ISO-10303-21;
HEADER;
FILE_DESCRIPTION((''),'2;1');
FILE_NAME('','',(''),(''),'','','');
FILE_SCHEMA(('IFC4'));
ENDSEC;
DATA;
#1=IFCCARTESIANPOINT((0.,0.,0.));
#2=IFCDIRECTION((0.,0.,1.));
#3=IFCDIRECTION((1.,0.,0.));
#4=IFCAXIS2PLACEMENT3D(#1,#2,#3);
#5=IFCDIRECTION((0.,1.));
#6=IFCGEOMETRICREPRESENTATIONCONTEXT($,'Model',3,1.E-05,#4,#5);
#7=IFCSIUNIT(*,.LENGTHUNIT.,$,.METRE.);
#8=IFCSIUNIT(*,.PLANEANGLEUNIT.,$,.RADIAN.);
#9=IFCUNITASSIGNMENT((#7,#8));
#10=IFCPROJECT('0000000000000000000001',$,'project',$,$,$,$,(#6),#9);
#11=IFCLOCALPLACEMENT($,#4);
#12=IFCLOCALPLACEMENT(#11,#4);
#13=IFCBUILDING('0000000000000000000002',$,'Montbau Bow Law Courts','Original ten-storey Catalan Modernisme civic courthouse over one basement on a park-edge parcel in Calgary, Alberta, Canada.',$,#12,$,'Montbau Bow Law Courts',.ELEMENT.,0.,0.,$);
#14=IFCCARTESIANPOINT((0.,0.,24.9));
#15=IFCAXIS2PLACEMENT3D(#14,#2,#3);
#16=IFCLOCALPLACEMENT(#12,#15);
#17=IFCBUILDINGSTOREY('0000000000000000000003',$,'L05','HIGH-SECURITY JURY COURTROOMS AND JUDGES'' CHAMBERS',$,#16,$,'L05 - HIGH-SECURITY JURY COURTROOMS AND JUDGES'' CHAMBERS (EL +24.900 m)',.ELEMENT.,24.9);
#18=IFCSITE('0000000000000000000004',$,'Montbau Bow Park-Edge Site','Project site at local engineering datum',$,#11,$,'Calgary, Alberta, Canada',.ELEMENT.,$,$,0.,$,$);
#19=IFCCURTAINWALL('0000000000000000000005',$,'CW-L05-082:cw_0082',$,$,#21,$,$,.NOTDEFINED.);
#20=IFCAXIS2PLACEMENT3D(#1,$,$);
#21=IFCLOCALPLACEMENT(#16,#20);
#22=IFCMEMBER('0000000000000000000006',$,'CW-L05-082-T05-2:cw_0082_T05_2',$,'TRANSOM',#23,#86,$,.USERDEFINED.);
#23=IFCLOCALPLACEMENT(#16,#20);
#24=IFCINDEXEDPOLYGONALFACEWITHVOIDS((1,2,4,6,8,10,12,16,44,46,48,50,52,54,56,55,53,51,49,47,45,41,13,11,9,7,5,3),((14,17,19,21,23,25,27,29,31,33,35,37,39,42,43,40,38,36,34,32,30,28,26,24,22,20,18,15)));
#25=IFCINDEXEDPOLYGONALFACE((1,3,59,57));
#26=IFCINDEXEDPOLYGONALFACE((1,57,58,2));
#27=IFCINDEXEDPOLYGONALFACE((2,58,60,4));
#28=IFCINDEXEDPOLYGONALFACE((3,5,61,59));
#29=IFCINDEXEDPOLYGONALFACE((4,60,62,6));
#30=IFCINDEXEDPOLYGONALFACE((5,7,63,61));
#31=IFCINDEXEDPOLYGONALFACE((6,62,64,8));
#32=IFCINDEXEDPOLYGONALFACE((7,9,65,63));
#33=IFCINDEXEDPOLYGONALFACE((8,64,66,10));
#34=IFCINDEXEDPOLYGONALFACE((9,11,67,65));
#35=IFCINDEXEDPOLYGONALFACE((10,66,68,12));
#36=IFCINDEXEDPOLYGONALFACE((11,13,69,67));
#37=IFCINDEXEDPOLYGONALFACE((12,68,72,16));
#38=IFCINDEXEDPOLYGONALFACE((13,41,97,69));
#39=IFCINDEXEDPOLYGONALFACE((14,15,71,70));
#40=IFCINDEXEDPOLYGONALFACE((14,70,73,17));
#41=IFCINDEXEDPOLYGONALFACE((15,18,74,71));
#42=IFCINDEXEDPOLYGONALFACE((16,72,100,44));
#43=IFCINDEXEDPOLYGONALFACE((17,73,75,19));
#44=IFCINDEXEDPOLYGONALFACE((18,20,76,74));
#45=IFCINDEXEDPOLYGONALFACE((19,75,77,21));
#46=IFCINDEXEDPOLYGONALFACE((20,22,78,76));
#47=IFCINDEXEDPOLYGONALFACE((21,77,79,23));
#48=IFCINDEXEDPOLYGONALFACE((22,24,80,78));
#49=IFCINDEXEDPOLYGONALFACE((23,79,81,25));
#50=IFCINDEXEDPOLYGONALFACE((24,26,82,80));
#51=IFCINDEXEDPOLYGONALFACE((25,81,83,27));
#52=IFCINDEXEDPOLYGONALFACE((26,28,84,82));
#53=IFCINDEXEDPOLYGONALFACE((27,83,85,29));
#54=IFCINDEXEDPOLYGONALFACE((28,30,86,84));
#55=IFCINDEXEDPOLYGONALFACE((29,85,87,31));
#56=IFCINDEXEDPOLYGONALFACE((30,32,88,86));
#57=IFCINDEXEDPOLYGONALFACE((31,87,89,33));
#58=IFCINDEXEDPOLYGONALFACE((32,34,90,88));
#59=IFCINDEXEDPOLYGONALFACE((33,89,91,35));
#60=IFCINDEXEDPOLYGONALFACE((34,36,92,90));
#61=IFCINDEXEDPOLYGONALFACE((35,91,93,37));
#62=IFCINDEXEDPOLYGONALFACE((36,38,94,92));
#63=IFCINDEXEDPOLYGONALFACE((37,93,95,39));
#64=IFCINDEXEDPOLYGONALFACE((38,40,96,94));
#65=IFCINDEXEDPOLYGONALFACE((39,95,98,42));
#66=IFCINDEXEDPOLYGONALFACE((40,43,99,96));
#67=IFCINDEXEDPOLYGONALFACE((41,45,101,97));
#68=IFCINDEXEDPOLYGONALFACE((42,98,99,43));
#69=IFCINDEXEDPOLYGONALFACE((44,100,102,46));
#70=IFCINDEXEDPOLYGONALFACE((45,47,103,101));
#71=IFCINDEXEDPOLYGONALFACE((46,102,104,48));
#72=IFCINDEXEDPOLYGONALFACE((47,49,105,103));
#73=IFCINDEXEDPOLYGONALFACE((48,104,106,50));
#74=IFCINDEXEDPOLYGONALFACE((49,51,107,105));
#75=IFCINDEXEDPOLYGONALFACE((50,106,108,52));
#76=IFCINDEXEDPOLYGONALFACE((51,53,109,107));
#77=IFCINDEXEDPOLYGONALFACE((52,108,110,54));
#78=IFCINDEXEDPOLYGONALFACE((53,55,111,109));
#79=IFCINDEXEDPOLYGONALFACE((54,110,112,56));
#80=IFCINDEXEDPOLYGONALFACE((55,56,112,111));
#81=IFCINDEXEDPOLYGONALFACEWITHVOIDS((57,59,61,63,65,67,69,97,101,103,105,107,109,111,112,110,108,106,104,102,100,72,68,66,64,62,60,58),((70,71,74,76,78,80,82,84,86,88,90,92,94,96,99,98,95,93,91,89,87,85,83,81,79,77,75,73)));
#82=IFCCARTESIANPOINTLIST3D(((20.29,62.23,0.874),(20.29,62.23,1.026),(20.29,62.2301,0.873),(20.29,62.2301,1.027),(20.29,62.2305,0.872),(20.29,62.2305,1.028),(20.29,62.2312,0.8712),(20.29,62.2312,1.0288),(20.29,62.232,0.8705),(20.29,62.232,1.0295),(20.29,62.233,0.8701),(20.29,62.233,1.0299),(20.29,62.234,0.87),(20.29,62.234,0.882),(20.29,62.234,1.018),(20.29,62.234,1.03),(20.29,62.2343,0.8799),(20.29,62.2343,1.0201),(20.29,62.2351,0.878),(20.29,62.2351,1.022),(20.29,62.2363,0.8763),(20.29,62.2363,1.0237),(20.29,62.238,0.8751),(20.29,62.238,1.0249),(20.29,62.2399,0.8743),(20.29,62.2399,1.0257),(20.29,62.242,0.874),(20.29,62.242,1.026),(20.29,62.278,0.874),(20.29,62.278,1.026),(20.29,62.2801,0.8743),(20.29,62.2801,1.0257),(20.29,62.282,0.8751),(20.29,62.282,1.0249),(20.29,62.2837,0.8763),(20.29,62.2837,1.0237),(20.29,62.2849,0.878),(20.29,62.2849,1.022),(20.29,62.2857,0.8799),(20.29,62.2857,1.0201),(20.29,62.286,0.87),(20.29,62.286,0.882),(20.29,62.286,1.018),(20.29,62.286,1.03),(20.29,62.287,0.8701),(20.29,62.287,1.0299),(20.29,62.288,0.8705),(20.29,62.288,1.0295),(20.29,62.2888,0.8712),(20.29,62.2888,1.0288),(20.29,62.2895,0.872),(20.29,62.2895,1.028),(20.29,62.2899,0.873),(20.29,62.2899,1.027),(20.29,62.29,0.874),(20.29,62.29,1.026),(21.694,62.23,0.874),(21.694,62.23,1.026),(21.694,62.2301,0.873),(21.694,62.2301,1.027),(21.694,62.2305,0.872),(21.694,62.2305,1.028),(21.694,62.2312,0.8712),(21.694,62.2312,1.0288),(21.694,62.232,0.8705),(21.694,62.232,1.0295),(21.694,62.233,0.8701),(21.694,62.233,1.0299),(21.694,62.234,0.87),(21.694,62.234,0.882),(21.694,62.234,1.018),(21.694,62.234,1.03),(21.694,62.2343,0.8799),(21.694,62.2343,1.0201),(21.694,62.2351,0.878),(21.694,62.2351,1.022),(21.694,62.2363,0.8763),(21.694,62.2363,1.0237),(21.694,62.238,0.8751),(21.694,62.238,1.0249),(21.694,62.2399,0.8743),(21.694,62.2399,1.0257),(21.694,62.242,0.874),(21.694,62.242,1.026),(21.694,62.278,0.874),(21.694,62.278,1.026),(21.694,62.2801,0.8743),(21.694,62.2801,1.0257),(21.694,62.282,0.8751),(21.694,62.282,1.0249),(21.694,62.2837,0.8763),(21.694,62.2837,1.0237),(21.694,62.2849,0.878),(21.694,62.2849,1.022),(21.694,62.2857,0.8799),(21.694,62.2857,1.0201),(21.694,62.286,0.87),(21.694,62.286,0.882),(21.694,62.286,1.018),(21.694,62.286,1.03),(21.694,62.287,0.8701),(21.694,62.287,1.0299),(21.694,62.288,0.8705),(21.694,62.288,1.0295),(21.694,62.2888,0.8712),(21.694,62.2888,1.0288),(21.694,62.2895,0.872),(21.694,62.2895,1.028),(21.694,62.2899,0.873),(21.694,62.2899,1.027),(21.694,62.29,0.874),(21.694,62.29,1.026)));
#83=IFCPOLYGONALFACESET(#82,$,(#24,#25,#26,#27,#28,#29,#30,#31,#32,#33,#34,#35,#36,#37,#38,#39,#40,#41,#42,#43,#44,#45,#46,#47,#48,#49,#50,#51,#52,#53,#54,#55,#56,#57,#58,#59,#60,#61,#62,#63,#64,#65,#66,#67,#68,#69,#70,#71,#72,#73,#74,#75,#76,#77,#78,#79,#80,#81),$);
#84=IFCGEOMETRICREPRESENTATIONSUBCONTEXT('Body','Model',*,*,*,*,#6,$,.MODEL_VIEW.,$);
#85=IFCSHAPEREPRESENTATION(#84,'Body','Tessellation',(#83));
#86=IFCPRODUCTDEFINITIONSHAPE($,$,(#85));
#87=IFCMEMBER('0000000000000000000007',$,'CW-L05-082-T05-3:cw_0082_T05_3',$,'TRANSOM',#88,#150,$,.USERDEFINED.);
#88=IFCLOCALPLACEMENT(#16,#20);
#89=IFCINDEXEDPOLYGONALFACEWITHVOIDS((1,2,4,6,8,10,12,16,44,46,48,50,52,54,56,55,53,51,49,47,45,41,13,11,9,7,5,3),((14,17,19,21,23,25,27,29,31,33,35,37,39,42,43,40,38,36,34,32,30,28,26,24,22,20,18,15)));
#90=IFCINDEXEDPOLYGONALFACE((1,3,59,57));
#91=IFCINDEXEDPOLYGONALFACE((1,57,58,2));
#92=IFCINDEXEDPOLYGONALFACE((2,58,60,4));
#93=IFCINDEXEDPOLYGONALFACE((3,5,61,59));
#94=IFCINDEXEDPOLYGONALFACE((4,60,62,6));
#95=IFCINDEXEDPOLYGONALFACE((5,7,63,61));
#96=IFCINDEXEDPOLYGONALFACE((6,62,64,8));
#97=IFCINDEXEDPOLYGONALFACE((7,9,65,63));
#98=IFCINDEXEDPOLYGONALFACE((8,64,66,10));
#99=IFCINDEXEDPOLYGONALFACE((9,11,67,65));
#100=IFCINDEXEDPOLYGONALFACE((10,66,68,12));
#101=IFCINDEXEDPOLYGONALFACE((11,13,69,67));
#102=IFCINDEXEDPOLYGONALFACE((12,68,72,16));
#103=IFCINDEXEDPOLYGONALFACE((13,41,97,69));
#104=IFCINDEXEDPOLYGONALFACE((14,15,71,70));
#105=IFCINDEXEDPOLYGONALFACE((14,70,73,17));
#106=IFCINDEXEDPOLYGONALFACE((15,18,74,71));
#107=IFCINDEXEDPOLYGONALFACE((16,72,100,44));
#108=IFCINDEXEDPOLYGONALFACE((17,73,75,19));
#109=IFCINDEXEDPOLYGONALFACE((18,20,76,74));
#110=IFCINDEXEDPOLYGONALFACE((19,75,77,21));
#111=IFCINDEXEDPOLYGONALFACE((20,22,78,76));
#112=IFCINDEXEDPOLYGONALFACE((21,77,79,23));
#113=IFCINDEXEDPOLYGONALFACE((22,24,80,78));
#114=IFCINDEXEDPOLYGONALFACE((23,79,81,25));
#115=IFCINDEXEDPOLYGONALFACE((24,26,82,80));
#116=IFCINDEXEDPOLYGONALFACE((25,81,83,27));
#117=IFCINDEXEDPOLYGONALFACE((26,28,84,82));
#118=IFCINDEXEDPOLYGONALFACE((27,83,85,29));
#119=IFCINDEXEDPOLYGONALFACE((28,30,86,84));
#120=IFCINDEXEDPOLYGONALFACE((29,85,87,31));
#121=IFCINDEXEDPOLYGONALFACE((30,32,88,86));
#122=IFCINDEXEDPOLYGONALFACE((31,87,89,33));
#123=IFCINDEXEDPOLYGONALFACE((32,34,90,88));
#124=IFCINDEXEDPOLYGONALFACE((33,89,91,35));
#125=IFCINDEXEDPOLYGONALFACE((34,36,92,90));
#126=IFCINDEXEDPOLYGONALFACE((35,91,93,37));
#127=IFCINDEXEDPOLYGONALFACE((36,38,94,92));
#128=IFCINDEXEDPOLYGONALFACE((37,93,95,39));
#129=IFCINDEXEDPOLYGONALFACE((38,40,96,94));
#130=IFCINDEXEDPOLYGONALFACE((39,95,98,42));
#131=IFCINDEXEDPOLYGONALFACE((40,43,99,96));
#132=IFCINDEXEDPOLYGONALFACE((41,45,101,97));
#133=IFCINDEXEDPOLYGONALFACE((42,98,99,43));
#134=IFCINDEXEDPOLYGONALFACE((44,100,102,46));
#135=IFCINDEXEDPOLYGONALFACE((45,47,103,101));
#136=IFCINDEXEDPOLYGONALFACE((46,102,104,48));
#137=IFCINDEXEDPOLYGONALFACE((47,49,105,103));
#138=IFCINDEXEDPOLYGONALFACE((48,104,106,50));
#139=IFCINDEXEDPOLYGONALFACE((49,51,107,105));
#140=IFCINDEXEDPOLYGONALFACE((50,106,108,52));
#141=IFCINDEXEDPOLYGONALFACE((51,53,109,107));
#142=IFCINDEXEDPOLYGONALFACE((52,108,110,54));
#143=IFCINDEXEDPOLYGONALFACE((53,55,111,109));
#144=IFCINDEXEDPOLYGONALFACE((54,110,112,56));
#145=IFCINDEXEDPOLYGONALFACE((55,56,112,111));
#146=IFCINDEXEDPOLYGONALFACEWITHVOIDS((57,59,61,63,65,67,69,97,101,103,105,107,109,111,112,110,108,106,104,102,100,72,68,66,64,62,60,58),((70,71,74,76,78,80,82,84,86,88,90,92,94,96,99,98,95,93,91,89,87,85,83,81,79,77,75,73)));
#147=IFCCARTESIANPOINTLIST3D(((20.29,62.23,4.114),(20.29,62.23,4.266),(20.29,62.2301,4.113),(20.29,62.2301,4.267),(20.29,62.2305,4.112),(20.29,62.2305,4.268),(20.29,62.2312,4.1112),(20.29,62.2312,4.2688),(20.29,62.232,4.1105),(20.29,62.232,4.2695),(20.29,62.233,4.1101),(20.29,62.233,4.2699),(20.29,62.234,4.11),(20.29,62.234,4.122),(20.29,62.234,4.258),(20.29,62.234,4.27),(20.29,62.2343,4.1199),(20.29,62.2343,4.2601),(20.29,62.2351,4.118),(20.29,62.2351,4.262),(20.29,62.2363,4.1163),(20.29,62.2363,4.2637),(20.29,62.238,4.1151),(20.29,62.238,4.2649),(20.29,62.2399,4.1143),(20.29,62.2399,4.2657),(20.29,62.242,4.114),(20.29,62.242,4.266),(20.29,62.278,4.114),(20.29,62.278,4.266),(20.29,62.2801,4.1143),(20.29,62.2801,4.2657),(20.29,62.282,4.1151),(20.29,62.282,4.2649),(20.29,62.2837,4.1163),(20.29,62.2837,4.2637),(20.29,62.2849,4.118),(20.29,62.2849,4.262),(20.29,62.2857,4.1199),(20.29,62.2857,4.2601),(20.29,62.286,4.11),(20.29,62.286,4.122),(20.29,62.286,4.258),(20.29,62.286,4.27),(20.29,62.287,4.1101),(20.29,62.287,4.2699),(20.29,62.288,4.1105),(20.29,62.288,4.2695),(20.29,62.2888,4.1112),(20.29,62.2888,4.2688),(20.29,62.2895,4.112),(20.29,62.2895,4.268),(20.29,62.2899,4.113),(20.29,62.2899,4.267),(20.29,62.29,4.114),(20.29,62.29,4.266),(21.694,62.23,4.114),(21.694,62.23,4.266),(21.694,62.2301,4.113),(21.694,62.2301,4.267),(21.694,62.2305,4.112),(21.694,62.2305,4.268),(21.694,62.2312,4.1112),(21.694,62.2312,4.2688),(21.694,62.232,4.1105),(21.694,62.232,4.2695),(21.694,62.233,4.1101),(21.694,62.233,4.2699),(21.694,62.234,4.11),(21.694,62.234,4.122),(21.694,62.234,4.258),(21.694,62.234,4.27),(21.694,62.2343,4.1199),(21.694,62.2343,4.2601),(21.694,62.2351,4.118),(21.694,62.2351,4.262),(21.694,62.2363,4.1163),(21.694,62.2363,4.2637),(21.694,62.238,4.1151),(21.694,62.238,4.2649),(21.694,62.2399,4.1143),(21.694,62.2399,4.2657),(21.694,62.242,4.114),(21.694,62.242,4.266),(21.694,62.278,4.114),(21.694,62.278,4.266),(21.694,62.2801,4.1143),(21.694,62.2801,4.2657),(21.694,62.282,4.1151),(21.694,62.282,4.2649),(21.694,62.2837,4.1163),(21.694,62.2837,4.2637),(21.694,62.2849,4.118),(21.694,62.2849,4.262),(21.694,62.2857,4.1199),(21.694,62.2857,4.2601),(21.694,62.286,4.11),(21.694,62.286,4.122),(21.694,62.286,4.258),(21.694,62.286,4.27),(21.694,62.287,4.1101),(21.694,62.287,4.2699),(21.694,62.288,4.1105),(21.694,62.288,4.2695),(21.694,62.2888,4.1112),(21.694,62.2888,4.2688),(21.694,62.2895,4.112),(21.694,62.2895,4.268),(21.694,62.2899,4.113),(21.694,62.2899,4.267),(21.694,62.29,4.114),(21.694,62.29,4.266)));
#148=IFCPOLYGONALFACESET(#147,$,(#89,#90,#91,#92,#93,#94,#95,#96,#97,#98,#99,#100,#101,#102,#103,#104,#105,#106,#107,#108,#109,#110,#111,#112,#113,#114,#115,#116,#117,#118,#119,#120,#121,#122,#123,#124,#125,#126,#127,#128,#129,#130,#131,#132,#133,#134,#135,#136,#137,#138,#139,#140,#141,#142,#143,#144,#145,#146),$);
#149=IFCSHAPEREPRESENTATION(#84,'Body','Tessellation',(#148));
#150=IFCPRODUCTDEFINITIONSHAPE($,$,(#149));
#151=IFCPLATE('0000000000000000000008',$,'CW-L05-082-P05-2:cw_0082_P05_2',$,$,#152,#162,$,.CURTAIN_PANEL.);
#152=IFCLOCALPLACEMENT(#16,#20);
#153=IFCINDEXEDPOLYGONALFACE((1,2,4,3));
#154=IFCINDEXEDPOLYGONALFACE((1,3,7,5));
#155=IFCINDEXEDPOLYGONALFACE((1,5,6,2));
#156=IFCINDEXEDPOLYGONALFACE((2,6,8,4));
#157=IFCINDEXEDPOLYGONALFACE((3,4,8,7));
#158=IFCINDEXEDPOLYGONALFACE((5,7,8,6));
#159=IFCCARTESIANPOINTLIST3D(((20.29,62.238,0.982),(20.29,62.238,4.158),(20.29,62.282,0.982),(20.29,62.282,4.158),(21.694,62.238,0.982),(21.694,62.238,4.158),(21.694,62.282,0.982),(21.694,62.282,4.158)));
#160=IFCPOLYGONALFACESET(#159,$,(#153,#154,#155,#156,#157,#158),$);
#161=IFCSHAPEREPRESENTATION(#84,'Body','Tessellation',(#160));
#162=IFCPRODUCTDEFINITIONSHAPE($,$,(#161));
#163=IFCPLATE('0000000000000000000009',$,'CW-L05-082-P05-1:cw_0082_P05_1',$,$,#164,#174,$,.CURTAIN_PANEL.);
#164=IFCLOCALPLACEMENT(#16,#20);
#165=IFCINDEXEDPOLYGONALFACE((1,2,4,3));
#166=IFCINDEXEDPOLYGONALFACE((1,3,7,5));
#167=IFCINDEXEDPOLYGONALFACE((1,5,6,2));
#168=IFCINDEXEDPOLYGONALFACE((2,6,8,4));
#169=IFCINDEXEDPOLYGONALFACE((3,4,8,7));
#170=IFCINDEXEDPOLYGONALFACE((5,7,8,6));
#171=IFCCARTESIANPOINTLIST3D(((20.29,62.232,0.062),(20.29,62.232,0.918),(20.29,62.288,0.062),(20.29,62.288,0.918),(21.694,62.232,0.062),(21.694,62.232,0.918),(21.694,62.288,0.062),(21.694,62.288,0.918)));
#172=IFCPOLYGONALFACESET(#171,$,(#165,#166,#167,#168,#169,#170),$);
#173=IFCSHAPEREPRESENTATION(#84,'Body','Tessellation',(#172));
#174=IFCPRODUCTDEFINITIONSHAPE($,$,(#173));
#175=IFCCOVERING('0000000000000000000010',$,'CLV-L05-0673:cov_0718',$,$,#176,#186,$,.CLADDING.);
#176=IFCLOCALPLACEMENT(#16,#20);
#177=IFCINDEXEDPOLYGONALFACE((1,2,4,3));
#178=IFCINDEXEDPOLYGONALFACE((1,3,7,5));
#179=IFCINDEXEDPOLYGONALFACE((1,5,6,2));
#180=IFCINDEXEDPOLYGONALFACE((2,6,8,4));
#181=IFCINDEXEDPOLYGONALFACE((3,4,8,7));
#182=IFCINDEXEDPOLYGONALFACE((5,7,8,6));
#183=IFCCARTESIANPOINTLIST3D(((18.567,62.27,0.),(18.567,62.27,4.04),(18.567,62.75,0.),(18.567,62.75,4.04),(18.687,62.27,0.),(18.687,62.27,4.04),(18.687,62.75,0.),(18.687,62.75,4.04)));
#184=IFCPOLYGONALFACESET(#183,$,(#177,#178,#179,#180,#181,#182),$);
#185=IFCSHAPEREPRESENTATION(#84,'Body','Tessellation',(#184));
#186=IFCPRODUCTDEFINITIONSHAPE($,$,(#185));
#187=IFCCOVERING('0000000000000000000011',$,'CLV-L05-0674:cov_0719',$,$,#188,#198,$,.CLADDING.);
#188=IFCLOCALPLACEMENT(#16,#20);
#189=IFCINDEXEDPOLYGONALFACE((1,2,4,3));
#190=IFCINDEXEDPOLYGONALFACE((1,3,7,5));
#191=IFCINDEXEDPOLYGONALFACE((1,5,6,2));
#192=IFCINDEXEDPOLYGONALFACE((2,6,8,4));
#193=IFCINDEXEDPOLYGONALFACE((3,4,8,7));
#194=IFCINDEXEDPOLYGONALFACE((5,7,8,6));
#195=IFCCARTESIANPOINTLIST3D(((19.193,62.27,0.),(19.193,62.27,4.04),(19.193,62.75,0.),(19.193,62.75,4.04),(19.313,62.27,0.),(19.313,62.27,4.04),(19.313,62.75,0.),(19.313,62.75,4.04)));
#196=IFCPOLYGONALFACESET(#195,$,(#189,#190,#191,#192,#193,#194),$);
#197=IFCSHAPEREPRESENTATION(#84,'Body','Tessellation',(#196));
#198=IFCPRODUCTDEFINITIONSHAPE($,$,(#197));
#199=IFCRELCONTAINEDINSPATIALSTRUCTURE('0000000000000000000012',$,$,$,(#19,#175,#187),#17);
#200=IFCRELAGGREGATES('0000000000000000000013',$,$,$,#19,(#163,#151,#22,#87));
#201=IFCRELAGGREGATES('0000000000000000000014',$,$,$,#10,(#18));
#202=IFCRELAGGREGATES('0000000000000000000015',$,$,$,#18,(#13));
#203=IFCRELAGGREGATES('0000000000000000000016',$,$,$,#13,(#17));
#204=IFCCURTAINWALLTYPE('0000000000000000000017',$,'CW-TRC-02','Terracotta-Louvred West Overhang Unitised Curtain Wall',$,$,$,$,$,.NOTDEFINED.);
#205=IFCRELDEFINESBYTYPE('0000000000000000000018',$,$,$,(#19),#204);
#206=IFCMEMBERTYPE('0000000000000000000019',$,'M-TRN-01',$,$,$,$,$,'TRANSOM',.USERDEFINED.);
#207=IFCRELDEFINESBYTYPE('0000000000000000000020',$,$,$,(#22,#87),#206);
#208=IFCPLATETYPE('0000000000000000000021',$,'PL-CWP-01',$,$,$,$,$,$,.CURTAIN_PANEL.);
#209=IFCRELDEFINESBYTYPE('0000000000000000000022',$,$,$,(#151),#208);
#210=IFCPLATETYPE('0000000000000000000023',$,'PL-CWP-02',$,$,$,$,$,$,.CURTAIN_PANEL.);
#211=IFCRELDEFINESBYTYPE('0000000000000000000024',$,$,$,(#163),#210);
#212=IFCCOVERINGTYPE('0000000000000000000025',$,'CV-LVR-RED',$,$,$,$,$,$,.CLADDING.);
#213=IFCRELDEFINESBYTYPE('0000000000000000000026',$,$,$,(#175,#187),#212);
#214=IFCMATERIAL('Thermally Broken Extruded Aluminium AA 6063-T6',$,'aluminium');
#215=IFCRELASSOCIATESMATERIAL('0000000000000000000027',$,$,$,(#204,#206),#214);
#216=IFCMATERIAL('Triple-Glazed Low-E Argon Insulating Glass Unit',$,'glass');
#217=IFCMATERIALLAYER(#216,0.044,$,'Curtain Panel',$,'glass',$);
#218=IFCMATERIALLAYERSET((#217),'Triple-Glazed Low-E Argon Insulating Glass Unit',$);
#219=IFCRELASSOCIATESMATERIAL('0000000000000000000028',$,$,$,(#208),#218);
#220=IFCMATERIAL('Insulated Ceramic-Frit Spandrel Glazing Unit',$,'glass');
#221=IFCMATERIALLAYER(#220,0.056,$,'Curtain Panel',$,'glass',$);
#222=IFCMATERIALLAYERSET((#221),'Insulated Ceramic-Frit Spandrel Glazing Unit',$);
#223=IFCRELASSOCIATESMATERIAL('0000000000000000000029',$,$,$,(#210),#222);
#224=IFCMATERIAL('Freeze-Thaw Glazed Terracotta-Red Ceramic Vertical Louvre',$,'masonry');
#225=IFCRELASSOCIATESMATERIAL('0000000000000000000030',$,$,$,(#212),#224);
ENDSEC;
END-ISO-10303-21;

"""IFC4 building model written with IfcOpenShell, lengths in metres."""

from ifc_helpers import new_model, si_unit, direction, frame, frame_2d, origin_with_axes, origin_2d_with_axis, place, context, subcontext, project, spatial, rectangle, hollow_rectangle, extrude, material, layer, layer_set, material_profile, profile_set, type_object, element, aggregate, save


model = new_model("IFC4")

# Units and contexts
model_context = context("Model", 3, precision=1e-05, world=origin_with_axes(), true_north=direction((0.0, 1.0)))
body_context = subcontext(model_context, "Body", "Model", "MODEL_VIEW")
ifc_project = project(units=[si_unit("LENGTHUNIT", "METRE"), si_unit("PLANEANGLEUNIT", "RADIAN")], contexts=[model_context])

# Site, building, storey
site_placement = place(None, origin_with_axes())
site = spatial("IfcSite", under=ifc_project, at=site_placement, Name="Montbau Bow Park-Edge Site", Description="Project site at local engineering datum", LongName="Calgary, Alberta, Canada", CompositionType="ELEMENT", RefElevation=0.0)
building_placement = place(site_placement, origin_with_axes())
building = spatial("IfcBuilding", under=site, at=building_placement, Name="Montbau Bow Law Courts", Description="Original ten-storey Catalan Modernisme civic courthouse over one basement on a park-edge parcel in Calgary, Alberta, Canada.", LongName="Montbau Bow Law Courts", CompositionType="ELEMENT", ElevationOfRefHeight=0.0, ElevationOfTerrain=0.0)
storey_placement = place(building_placement, frame((0.0, 0.0, 24.9), z_axis=(0.0, 0.0, 1.0), x_axis=(1.0, 0.0, 0.0)))
storey = spatial("IfcBuildingStorey", under=building, at=storey_placement, Name="L05", Description="HIGH-SECURITY JURY COURTROOMS AND JUDGES' CHAMBERS", LongName="L05 - HIGH-SECURITY JURY COURTROOMS AND JUDGES' CHAMBERS (EL +24.900 m)", CompositionType="ELEMENT", Elevation=24.9)

# Curtain wall, members, plates
ifc_material_1 = material(Name="Thermally Broken Extruded Aluminium AA 6063-T6", Category="aluminium")
curtain_wall_type = type_object("IfcCurtainWallType", Name="CW-TRC-02", Description="Terracotta-Louvred West Overhang Unitised Curtain Wall", PredefinedType="NOTDEFINED", material=ifc_material_1)
curtain_wall_placement = place(None, frame((14.24, 62.26, 24.9), z_axis=(0.0, 0.0, 1.0), x_axis=(1.0, 0.0, 0.0)))
curtain_wall = element("IfcCurtainWall", 1, at=curtain_wall_placement, inside=storey, type_object=curtain_wall_type, Name="CW-L05-082:cw_0082", PredefinedType="NOTDEFINED")
ifc_material_profile_1 = material_profile(ifc_material_1, hollow_rectangle(XDim=0.06, YDim=0.16, WallThickness=0.004, InnerFilletRadius=0.008, OuterFilletRadius=0.004, at=origin_2d_with_axis()), Name="CWT-160X60", Category="Main", Priority=0)
ifc_profile_set_1 = profile_set([ifc_material_profile_1], Name="Thermally Broken Extruded Aluminium AA 6063-T6")
member_type_1 = type_object("IfcMemberType", Name="M-TRN-01", ElementType="TRANSOM", PredefinedType="USERDEFINED", material=ifc_profile_set_1)
member_1_placement = place(None, frame((20.29, 62.26, 25.85), z_axis=(1.0, 0.0, 0.0), x_axis=(0.0, 1.0, 0.0)))
member_1 = element("IfcMember", 2, at=member_1_placement, type_object=member_type_1, Name="CW-L05-082-T05-2:cw_0082_T05_2", ObjectType="TRANSOM", PredefinedType="USERDEFINED", context=body_context, shape_type="SweptSolid", body=[
    extrude(hollow_rectangle(XDim=0.06, YDim=0.16, WallThickness=0.004, InnerFilletRadius=0.008, OuterFilletRadius=0.004, at=origin_2d_with_axis()), origin_with_axes(), (0.0, 0.0, 1.0), 1.404),
])
member_2_placement = place(None, frame((20.29, 62.26, 29.09), z_axis=(1.0, 0.0, 0.0), x_axis=(0.0, 1.0, 0.0)))
member_2 = element("IfcMember", 3, at=member_2_placement, type_object=member_type_1, Name="CW-L05-082-T05-3:cw_0082_T05_3", ObjectType="TRANSOM", PredefinedType="USERDEFINED", context=body_context, shape_type="SweptSolid", body=[
    extrude(hollow_rectangle(XDim=0.06, YDim=0.16, WallThickness=0.004, InnerFilletRadius=0.008, OuterFilletRadius=0.004, at=origin_2d_with_axis()), origin_with_axes(), (0.0, 0.0, 1.0), 1.404),
])
ifc_material_2 = material(Name="Triple-Glazed Low-E Argon Insulating Glass Unit", Category="glass")
ifc_layer_1 = layer(ifc_material_2, 0.044, Name="Curtain Panel", Category="glass")
ifc_layer_set_1 = layer_set([ifc_layer_1], Name="Triple-Glazed Low-E Argon Insulating Glass Unit")
plate_type_1 = type_object("IfcPlateType", Name="PL-CWP-01", PredefinedType="CURTAIN_PANEL", material=ifc_layer_set_1)
plate_1_placement = place(None, frame((20.29, 62.26, 25.882), z_axis=(0.0, -1.0, 0.0), x_axis=(1.0, 0.0, 0.0)))
plate_1 = element("IfcPlate", 4, at=plate_1_placement, type_object=plate_type_1, Name="CW-L05-082-P05-2:cw_0082_P05_2", PredefinedType="CURTAIN_PANEL", context=body_context, shape_type="SweptSolid", body=[
    extrude(rectangle(XDim=1.404, YDim=3.176, at=frame_2d((0.702, 1.588), x_axis=(1.0, 0.0))), frame((0.0, 0.0, -0.022), z_axis=(0.0, 0.0, 1.0), x_axis=(1.0, 0.0, 0.0)), (0.0, 0.0, 1.0), 0.044),
])
ifc_material_3 = material(Name="Insulated Ceramic-Frit Spandrel Glazing Unit", Category="glass")
ifc_layer_2 = layer(ifc_material_3, 0.056, Name="Curtain Panel", Category="glass")
ifc_layer_set_2 = layer_set([ifc_layer_2], Name="Insulated Ceramic-Frit Spandrel Glazing Unit")
plate_type_2 = type_object("IfcPlateType", Name="PL-CWP-02", PredefinedType="CURTAIN_PANEL", material=ifc_layer_set_2)
plate_2_placement = place(None, frame((20.29, 62.26, 24.962), z_axis=(0.0, -1.0, 0.0), x_axis=(1.0, 0.0, 0.0)))
plate_2 = element("IfcPlate", 5, at=plate_2_placement, type_object=plate_type_2, Name="CW-L05-082-P05-1:cw_0082_P05_1", PredefinedType="CURTAIN_PANEL", context=body_context, shape_type="SweptSolid", body=[
    extrude(rectangle(XDim=1.404, YDim=0.856, at=frame_2d((0.702, 0.428), x_axis=(1.0, 0.0))), frame((0.0, 0.0, -0.028), z_axis=(0.0, 0.0, 1.0), x_axis=(1.0, 0.0, 0.0)), (0.0, 0.0, 1.0), 0.056),
])
aggregate(curtain_wall, [plate_2, plate_1, member_1, member_2])

# Coverings
ifc_material_4 = material(Name="Freeze-Thaw Glazed Terracotta-Red Ceramic Vertical Louvre", Category="masonry")
covering_type = type_object("IfcCoveringType", Name="CV-LVR-RED", PredefinedType="CLADDING", material=ifc_material_4)
for number, where, z_axis, x_axis, name in (
    (6, (18.627, 62.27, 24.9), (1.0, 0.0, 0.0), (0.0, 1.0, 0.0), "CLV-L05-0673:cov_0718"),
    (7, (19.253, 62.27, 24.9), (1.0, 0.0, 0.0), (0.0, 1.0, 0.0), "CLV-L05-0674:cov_0719"),
):
    element("IfcCovering", number, at=place(None, frame(where, z_axis=z_axis, x_axis=x_axis)), inside=storey, type_object=covering_type, Name=name, PredefinedType="CLADDING", context=body_context, shape_type="SweptSolid", body=[
        extrude(rectangle(XDim=0.48, YDim=4.04, at=frame_2d((0.24, 2.02), x_axis=(1.0, 0.0))), frame((0.0, 0.0, -0.06), z_axis=(0.0, 0.0, 1.0), x_axis=(1.0, 0.0, 0.0)), (0.0, 0.0, 1.0), 0.12),
    ])

save(model, "model.ifc")
